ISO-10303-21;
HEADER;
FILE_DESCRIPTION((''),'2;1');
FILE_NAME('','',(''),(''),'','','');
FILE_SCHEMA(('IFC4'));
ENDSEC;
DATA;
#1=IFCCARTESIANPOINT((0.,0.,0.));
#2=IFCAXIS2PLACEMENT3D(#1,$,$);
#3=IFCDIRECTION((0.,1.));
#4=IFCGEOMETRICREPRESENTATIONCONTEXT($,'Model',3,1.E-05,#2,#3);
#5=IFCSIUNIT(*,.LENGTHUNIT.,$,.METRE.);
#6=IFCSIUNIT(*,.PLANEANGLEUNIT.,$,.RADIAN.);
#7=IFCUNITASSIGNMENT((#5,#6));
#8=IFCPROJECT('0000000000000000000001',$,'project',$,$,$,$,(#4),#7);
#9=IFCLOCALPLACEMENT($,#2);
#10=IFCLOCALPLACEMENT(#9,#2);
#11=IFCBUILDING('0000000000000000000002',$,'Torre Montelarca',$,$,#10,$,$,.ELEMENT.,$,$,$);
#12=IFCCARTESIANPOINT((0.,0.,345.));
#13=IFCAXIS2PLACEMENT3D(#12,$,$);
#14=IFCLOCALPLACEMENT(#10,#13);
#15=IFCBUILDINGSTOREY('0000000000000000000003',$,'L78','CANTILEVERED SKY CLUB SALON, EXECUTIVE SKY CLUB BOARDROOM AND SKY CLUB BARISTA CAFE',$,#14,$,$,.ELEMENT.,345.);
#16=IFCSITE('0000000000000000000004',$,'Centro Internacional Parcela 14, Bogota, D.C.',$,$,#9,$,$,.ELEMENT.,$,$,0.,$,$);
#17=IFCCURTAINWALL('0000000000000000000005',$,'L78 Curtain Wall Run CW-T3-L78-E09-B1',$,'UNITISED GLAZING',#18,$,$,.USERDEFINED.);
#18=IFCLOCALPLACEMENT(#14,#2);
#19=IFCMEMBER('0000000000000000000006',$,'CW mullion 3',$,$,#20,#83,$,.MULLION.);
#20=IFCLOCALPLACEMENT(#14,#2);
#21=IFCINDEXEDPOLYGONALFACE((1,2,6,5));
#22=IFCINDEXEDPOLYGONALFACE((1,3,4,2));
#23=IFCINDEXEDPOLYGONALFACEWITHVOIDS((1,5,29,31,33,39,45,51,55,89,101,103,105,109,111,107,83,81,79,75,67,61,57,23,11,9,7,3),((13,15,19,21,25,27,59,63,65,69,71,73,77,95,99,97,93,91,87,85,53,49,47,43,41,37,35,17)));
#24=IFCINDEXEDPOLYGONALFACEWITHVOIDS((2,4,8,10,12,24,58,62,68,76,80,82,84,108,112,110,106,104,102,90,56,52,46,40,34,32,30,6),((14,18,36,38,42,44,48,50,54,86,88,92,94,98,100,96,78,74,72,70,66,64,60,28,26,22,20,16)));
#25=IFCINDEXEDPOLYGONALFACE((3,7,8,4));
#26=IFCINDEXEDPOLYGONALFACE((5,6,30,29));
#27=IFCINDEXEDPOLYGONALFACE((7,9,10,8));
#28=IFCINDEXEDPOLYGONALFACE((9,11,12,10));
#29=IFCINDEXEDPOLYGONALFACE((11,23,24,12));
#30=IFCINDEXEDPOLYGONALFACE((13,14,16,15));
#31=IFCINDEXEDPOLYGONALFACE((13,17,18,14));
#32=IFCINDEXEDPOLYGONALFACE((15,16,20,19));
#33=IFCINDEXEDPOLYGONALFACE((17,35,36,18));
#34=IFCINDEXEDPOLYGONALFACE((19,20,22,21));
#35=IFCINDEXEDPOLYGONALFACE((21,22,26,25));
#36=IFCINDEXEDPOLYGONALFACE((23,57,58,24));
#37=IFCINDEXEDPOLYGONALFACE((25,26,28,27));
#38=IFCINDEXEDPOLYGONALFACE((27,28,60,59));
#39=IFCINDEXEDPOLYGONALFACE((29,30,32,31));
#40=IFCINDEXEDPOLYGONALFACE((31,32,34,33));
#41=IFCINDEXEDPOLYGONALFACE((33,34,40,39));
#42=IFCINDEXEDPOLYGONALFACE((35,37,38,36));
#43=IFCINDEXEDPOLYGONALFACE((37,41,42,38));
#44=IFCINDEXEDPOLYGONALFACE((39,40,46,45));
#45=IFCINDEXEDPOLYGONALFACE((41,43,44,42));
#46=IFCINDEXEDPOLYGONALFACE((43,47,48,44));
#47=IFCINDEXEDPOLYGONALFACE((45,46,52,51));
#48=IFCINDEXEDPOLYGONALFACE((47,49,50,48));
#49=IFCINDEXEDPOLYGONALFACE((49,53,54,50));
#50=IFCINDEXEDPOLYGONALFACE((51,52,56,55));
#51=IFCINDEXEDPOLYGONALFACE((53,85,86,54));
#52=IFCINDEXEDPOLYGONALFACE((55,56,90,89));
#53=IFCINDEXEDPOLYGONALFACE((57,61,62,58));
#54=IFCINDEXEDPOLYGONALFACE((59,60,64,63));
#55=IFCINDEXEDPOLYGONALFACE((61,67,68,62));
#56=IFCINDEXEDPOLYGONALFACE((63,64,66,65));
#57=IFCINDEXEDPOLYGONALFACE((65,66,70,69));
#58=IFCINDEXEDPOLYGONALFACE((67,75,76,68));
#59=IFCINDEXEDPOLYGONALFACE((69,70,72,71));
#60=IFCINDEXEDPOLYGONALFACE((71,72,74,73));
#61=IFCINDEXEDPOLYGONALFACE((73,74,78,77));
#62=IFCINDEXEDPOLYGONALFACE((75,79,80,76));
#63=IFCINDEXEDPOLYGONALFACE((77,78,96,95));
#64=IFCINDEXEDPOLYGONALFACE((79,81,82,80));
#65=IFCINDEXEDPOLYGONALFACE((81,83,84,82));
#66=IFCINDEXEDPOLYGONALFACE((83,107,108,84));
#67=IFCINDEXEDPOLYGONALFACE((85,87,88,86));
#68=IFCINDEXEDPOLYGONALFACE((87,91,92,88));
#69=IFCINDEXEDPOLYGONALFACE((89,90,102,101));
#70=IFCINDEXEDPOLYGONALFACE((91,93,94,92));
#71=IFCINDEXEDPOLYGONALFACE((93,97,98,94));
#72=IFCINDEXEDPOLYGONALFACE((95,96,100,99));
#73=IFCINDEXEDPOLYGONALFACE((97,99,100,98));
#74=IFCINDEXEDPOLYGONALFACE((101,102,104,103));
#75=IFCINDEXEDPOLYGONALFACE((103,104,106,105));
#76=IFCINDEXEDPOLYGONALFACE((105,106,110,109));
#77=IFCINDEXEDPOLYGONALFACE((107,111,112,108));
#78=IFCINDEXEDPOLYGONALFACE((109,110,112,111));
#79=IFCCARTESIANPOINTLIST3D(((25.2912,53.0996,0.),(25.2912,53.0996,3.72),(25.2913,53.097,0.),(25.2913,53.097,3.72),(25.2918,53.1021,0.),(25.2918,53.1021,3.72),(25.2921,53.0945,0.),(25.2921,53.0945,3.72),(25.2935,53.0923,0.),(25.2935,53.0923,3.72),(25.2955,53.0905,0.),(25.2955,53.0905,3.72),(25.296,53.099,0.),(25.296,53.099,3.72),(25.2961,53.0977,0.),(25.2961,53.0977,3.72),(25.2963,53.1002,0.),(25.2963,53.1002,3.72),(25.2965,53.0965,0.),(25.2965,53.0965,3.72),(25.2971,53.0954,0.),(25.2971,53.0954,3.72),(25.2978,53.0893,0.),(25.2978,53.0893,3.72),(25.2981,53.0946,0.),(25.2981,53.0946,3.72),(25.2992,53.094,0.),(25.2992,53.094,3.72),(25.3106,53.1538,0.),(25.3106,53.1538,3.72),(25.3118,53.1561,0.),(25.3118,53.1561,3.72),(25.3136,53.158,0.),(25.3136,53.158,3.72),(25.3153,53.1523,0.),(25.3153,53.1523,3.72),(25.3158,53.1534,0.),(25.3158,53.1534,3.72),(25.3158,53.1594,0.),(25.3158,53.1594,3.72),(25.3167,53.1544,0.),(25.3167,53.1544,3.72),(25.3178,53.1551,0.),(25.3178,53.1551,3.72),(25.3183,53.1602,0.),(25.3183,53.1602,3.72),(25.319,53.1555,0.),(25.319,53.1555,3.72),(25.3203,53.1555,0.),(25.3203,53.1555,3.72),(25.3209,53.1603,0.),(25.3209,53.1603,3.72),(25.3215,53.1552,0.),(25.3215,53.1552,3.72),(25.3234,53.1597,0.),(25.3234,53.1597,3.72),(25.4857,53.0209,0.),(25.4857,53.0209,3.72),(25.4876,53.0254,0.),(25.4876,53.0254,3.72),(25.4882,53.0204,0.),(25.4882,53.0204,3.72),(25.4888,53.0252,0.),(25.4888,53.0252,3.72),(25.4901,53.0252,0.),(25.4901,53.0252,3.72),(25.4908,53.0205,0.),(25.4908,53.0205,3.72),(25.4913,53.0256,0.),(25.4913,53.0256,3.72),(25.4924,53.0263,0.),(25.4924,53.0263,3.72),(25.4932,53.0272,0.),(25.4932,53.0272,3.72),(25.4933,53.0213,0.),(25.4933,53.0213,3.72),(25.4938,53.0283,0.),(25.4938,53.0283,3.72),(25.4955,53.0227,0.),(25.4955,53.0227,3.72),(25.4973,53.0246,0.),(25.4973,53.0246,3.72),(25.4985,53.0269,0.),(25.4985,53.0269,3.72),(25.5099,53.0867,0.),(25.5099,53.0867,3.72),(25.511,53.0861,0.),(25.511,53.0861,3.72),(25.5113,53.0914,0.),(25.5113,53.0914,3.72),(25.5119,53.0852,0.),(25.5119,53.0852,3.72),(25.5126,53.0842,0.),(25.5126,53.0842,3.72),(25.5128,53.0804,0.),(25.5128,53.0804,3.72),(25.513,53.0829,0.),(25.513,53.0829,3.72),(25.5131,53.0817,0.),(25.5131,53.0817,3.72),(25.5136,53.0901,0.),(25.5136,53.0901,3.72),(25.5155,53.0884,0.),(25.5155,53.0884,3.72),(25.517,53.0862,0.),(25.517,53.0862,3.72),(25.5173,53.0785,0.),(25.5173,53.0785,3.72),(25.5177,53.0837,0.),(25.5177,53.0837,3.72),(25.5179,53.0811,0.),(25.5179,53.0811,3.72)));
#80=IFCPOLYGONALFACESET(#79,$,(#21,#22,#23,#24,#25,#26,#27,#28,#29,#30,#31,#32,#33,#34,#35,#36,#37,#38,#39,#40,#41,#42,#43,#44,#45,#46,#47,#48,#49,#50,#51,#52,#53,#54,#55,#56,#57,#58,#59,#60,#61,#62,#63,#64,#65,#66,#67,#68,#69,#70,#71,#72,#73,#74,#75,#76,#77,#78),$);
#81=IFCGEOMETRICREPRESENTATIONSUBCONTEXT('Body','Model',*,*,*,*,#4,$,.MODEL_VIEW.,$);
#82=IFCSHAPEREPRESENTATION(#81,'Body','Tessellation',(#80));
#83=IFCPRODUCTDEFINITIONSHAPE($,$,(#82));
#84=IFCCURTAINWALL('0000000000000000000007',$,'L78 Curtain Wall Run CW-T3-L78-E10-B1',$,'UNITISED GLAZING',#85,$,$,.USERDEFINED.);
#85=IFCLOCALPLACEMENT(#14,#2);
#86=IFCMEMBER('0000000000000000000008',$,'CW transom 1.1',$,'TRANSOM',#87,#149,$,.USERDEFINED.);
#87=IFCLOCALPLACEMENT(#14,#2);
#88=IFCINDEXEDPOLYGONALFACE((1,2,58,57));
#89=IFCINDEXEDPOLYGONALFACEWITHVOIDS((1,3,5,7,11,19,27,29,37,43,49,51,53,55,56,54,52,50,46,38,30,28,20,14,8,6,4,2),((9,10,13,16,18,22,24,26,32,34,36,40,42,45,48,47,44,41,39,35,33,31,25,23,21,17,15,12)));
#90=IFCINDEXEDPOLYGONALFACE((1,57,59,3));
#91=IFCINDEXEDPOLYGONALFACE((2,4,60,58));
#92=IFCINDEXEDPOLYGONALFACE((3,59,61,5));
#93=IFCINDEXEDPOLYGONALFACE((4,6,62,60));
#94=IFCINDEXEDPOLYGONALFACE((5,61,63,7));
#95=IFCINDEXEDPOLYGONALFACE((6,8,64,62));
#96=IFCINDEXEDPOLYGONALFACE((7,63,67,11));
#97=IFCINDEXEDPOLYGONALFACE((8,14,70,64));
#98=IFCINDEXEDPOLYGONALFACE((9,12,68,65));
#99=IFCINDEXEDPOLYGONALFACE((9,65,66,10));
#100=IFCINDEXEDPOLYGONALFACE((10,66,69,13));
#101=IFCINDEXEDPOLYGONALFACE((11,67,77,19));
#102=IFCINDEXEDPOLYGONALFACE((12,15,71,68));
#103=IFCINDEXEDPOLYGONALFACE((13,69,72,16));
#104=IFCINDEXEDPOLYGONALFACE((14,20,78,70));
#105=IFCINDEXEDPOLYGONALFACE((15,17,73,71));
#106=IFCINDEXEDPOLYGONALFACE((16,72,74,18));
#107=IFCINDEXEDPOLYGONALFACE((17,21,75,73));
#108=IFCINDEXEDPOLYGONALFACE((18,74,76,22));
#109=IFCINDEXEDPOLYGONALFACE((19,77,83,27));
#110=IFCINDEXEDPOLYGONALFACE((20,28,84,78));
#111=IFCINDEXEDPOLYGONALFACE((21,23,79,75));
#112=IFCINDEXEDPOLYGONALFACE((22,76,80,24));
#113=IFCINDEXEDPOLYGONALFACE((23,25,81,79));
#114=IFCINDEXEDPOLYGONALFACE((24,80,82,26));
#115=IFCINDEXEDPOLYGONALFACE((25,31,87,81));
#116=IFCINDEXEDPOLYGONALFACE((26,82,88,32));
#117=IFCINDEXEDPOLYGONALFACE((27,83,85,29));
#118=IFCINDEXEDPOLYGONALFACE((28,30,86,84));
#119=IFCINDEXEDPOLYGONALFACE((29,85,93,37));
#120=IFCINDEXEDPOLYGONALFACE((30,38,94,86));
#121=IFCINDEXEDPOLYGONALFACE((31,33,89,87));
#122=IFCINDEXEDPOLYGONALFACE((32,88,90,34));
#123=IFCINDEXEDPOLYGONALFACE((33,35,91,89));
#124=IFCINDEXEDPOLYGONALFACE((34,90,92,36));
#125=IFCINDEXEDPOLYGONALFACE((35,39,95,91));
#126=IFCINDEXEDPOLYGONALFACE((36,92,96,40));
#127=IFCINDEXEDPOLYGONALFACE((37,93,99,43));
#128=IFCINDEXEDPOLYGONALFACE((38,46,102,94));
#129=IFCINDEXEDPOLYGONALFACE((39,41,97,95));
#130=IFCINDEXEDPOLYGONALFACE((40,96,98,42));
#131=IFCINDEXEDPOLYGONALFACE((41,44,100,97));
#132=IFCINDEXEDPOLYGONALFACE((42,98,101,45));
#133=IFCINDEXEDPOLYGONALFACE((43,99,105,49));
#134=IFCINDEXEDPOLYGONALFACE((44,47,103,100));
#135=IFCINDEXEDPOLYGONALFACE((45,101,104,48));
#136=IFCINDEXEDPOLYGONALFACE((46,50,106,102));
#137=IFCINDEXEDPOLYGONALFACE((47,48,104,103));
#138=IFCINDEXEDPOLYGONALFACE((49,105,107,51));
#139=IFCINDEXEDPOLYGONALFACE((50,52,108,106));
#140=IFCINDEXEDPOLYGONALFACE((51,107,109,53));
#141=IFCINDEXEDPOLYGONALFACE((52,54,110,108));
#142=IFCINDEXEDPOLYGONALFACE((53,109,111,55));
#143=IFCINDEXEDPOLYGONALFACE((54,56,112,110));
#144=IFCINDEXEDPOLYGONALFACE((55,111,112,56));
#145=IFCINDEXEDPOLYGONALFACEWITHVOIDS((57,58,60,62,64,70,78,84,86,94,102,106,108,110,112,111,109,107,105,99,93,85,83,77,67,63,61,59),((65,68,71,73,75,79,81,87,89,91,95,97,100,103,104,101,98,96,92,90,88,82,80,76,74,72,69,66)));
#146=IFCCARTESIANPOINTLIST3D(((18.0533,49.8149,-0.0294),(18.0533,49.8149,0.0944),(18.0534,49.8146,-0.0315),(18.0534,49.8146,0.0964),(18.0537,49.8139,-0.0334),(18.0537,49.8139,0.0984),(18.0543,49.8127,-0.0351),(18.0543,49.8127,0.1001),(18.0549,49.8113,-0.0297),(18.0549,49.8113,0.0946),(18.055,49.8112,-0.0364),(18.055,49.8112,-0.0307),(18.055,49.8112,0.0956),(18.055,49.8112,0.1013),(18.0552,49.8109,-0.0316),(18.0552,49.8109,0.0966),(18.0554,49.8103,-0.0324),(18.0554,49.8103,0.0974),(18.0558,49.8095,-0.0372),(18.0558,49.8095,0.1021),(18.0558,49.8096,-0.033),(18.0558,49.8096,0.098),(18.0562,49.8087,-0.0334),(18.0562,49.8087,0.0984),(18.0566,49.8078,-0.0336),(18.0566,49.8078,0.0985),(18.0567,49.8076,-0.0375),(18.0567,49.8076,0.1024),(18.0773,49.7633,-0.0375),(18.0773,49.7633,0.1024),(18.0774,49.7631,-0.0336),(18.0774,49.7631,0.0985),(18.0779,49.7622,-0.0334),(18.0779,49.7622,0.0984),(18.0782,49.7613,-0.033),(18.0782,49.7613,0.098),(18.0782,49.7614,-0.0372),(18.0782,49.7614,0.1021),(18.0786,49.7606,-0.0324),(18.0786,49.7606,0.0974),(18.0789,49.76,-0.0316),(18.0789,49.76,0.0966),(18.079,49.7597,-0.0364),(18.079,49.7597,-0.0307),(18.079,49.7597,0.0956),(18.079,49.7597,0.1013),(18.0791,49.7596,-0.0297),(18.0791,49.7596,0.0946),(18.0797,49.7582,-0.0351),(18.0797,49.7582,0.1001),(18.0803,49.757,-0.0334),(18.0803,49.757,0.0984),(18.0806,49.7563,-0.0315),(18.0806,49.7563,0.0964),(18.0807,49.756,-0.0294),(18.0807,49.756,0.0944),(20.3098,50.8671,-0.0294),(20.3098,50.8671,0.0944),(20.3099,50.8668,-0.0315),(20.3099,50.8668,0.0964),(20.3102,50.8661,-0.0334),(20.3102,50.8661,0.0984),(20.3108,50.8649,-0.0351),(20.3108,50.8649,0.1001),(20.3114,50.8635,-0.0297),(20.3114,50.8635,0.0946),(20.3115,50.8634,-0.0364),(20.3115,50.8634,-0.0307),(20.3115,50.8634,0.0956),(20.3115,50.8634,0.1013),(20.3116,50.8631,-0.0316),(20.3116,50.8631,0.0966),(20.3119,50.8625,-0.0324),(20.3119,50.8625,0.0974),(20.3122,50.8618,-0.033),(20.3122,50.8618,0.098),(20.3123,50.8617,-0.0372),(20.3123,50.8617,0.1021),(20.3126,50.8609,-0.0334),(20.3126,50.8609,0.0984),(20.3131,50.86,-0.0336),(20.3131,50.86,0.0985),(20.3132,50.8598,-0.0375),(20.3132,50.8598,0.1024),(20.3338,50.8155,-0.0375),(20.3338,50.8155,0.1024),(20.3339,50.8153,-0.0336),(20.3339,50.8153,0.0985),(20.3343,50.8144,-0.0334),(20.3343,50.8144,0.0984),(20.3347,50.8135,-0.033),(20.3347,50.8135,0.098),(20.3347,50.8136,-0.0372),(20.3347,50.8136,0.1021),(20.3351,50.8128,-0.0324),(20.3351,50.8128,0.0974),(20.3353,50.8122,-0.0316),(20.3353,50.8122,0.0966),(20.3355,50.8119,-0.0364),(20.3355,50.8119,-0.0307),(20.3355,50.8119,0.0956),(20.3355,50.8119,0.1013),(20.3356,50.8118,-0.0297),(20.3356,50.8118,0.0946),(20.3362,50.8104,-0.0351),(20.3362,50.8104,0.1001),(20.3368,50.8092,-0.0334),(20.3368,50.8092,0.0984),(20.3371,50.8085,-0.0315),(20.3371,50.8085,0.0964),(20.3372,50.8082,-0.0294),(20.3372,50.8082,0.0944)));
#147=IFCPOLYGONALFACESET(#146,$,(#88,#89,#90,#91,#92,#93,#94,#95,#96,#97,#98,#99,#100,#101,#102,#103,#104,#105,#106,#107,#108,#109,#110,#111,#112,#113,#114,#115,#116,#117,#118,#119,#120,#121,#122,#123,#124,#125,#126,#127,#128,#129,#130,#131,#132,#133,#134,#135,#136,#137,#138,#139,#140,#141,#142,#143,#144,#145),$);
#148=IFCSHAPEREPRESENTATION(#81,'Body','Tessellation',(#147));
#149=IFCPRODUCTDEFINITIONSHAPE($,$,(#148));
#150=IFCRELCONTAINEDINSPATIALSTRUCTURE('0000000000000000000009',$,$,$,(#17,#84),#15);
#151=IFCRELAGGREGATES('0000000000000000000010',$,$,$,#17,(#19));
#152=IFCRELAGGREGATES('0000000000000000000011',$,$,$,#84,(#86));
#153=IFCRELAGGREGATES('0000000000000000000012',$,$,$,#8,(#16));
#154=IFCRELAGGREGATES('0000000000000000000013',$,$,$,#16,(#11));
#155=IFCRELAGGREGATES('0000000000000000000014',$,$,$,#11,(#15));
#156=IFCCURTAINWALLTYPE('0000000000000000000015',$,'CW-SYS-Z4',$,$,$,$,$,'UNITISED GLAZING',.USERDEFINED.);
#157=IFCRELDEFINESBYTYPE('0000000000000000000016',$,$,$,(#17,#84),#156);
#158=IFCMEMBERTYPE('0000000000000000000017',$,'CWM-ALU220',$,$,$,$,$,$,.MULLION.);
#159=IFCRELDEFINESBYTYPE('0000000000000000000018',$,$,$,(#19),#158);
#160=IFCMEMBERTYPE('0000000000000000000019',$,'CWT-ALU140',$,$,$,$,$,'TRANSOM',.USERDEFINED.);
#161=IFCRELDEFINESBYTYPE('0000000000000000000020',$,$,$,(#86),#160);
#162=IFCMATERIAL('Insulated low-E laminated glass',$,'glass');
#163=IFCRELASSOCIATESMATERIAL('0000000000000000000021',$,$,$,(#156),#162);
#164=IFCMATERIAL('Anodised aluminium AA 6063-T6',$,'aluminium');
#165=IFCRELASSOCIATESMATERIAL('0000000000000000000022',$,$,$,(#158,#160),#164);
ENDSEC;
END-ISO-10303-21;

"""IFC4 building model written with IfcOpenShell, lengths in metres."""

from ifc_helpers import new_model, si_unit, direction, frame, origin, origin_2d, place, context, subcontext, project, spatial, hollow_rectangle, extrude, source, transform, mapped, material, material_profile, profile_set, type_object, element, aggregate, save


model = new_model("IFC4")

# Units and contexts
model_context = context("Model", 3, precision=1e-05, world=origin(), true_north=direction((0.0, 1.0)))
body_context = subcontext(model_context, "Body", "Model", "MODEL_VIEW")
ifc_project = project(units=[si_unit("LENGTHUNIT", "METRE"), si_unit("PLANEANGLEUNIT", "RADIAN")], contexts=[model_context])

# Site, building, storey
site_placement = place(None, origin())
site = spatial("IfcSite", under=ifc_project, at=site_placement, Name="Centro Internacional Parcela 14, Bogota, D.C.", CompositionType="ELEMENT", RefElevation=0.0)
building_placement = place(site_placement, origin())
building = spatial("IfcBuilding", under=site, at=building_placement, Name="Torre Montelarca", CompositionType="ELEMENT")
storey_placement = place(building_placement, frame((0.0, 0.0, 345.0)))
storey = spatial("IfcBuildingStorey", under=building, at=storey_placement, Name="L78", Description="CANTILEVERED SKY CLUB SALON, EXECUTIVE SKY CLUB BOARDROOM AND SKY CLUB BARISTA CAFE", CompositionType="ELEMENT", Elevation=345.0)

# Curtain wall, member
ifc_material_1 = material(Name="Insulated low-E laminated glass", Category="glass")
curtain_wall_type = type_object("IfcCurtainWallType", Name="CW-SYS-Z4", ElementType="UNITISED GLAZING", PredefinedType="USERDEFINED", material=ifc_material_1)
curtain_wall_1_placement = place(storey_placement, origin())
curtain_wall_1 = element("IfcCurtainWall", 1, at=curtain_wall_1_placement, inside=storey, type_object=curtain_wall_type, Name="L78 Curtain Wall Run CW-T3-L78-E09-B1", ObjectType="UNITISED GLAZING", PredefinedType="USERDEFINED")
ifc_material_2 = material(Name="Anodised aluminium AA 6063-T6", Category="aluminium")
ifc_material_profile_1 = material_profile(ifc_material_2, hollow_rectangle(XDim=0.075, YDim=0.22, WallThickness=0.0049, InnerFilletRadius=0.0049, OuterFilletRadius=0.01, at=origin_2d()), Name="ALU75X220X5", Category="aluminium")
ifc_profile_set_1 = profile_set([ifc_material_profile_1], Name="Anodised aluminium AA 6063-T6")
member_type_1 = type_object("IfcMemberType", Name="CWM-ALU220", PredefinedType="MULLION", material=ifc_profile_set_1)
shared_shape_1 = source(origin(), body_context, "Body", "SweptSolid", [
    extrude(hollow_rectangle(XDim=0.075, YDim=0.22, WallThickness=0.0049, InnerFilletRadius=0.0049, OuterFilletRadius=0.01, at=origin_2d()), origin(), (0.0, 0.0, 1.0), 3.72),
])
member_1_placement = place(storey_placement, frame((25.4045, 53.0903, 0.0), z_axis=(0.0, 0.0, 1.0), x_axis=(-0.342015, -0.939694, 0.0)))
member_1 = element("IfcMember", 2, at=member_1_placement, type_object=member_type_1, Name="CW mullion 3", PredefinedType="MULLION", context=body_context, shape_type="MappedRepresentation", body=[
    mapped(shared_shape_1, transform((0.0, 0.0, 0.0), scale=1.0)),
])

# Curtain wall, member
curtain_wall_2_placement = place(storey_placement, origin())
curtain_wall_2 = element("IfcCurtainWall", 3, at=curtain_wall_2_placement, inside=storey, type_object=curtain_wall_type, Name="L78 Curtain Wall Run CW-T3-L78-E10-B1", ObjectType="UNITISED GLAZING", PredefinedType="USERDEFINED")
ifc_material_profile_2 = material_profile(ifc_material_2, hollow_rectangle(XDim=0.0649, YDim=0.1399, WallThickness=0.0039, InnerFilletRadius=0.0039, OuterFilletRadius=0.0081, at=origin_2d()), Name="ALU65X140X4", Category="aluminium")
ifc_profile_set_2 = profile_set([ifc_material_profile_2], Name="Anodised aluminium AA 6063-T6")
member_type_2 = type_object("IfcMemberType", Name="CWT-ALU140", ElementType="TRANSOM", PredefinedType="USERDEFINED", material=ifc_profile_set_2)
shared_shape_2 = source(origin(), body_context, "Body", "SweptSolid", [
    extrude(hollow_rectangle(XDim=0.0649, YDim=0.1399, WallThickness=0.0039, InnerFilletRadius=0.0039, OuterFilletRadius=0.0081, at=origin_2d()), origin(), (0.0, 0.0, 1.0), 2.4897),
])
member_2_placement = place(storey_placement, frame((20.3235, 50.8376, 0.0325), z_axis=(-0.906311, -0.422612, 0.0), x_axis=(0.422612, -0.906311, 0.0)))
member_2 = element("IfcMember", 4, at=member_2_placement, type_object=member_type_2, Name="CW transom 1.1", ObjectType="TRANSOM", PredefinedType="USERDEFINED", context=body_context, shape_type="MappedRepresentation", body=[
    mapped(shared_shape_2, transform((0.0, 0.0, 0.0), scale=1.0)),
])

aggregate(curtain_wall_1, [member_1])
aggregate(curtain_wall_2, [member_2])

save(model, "model.ifc")
